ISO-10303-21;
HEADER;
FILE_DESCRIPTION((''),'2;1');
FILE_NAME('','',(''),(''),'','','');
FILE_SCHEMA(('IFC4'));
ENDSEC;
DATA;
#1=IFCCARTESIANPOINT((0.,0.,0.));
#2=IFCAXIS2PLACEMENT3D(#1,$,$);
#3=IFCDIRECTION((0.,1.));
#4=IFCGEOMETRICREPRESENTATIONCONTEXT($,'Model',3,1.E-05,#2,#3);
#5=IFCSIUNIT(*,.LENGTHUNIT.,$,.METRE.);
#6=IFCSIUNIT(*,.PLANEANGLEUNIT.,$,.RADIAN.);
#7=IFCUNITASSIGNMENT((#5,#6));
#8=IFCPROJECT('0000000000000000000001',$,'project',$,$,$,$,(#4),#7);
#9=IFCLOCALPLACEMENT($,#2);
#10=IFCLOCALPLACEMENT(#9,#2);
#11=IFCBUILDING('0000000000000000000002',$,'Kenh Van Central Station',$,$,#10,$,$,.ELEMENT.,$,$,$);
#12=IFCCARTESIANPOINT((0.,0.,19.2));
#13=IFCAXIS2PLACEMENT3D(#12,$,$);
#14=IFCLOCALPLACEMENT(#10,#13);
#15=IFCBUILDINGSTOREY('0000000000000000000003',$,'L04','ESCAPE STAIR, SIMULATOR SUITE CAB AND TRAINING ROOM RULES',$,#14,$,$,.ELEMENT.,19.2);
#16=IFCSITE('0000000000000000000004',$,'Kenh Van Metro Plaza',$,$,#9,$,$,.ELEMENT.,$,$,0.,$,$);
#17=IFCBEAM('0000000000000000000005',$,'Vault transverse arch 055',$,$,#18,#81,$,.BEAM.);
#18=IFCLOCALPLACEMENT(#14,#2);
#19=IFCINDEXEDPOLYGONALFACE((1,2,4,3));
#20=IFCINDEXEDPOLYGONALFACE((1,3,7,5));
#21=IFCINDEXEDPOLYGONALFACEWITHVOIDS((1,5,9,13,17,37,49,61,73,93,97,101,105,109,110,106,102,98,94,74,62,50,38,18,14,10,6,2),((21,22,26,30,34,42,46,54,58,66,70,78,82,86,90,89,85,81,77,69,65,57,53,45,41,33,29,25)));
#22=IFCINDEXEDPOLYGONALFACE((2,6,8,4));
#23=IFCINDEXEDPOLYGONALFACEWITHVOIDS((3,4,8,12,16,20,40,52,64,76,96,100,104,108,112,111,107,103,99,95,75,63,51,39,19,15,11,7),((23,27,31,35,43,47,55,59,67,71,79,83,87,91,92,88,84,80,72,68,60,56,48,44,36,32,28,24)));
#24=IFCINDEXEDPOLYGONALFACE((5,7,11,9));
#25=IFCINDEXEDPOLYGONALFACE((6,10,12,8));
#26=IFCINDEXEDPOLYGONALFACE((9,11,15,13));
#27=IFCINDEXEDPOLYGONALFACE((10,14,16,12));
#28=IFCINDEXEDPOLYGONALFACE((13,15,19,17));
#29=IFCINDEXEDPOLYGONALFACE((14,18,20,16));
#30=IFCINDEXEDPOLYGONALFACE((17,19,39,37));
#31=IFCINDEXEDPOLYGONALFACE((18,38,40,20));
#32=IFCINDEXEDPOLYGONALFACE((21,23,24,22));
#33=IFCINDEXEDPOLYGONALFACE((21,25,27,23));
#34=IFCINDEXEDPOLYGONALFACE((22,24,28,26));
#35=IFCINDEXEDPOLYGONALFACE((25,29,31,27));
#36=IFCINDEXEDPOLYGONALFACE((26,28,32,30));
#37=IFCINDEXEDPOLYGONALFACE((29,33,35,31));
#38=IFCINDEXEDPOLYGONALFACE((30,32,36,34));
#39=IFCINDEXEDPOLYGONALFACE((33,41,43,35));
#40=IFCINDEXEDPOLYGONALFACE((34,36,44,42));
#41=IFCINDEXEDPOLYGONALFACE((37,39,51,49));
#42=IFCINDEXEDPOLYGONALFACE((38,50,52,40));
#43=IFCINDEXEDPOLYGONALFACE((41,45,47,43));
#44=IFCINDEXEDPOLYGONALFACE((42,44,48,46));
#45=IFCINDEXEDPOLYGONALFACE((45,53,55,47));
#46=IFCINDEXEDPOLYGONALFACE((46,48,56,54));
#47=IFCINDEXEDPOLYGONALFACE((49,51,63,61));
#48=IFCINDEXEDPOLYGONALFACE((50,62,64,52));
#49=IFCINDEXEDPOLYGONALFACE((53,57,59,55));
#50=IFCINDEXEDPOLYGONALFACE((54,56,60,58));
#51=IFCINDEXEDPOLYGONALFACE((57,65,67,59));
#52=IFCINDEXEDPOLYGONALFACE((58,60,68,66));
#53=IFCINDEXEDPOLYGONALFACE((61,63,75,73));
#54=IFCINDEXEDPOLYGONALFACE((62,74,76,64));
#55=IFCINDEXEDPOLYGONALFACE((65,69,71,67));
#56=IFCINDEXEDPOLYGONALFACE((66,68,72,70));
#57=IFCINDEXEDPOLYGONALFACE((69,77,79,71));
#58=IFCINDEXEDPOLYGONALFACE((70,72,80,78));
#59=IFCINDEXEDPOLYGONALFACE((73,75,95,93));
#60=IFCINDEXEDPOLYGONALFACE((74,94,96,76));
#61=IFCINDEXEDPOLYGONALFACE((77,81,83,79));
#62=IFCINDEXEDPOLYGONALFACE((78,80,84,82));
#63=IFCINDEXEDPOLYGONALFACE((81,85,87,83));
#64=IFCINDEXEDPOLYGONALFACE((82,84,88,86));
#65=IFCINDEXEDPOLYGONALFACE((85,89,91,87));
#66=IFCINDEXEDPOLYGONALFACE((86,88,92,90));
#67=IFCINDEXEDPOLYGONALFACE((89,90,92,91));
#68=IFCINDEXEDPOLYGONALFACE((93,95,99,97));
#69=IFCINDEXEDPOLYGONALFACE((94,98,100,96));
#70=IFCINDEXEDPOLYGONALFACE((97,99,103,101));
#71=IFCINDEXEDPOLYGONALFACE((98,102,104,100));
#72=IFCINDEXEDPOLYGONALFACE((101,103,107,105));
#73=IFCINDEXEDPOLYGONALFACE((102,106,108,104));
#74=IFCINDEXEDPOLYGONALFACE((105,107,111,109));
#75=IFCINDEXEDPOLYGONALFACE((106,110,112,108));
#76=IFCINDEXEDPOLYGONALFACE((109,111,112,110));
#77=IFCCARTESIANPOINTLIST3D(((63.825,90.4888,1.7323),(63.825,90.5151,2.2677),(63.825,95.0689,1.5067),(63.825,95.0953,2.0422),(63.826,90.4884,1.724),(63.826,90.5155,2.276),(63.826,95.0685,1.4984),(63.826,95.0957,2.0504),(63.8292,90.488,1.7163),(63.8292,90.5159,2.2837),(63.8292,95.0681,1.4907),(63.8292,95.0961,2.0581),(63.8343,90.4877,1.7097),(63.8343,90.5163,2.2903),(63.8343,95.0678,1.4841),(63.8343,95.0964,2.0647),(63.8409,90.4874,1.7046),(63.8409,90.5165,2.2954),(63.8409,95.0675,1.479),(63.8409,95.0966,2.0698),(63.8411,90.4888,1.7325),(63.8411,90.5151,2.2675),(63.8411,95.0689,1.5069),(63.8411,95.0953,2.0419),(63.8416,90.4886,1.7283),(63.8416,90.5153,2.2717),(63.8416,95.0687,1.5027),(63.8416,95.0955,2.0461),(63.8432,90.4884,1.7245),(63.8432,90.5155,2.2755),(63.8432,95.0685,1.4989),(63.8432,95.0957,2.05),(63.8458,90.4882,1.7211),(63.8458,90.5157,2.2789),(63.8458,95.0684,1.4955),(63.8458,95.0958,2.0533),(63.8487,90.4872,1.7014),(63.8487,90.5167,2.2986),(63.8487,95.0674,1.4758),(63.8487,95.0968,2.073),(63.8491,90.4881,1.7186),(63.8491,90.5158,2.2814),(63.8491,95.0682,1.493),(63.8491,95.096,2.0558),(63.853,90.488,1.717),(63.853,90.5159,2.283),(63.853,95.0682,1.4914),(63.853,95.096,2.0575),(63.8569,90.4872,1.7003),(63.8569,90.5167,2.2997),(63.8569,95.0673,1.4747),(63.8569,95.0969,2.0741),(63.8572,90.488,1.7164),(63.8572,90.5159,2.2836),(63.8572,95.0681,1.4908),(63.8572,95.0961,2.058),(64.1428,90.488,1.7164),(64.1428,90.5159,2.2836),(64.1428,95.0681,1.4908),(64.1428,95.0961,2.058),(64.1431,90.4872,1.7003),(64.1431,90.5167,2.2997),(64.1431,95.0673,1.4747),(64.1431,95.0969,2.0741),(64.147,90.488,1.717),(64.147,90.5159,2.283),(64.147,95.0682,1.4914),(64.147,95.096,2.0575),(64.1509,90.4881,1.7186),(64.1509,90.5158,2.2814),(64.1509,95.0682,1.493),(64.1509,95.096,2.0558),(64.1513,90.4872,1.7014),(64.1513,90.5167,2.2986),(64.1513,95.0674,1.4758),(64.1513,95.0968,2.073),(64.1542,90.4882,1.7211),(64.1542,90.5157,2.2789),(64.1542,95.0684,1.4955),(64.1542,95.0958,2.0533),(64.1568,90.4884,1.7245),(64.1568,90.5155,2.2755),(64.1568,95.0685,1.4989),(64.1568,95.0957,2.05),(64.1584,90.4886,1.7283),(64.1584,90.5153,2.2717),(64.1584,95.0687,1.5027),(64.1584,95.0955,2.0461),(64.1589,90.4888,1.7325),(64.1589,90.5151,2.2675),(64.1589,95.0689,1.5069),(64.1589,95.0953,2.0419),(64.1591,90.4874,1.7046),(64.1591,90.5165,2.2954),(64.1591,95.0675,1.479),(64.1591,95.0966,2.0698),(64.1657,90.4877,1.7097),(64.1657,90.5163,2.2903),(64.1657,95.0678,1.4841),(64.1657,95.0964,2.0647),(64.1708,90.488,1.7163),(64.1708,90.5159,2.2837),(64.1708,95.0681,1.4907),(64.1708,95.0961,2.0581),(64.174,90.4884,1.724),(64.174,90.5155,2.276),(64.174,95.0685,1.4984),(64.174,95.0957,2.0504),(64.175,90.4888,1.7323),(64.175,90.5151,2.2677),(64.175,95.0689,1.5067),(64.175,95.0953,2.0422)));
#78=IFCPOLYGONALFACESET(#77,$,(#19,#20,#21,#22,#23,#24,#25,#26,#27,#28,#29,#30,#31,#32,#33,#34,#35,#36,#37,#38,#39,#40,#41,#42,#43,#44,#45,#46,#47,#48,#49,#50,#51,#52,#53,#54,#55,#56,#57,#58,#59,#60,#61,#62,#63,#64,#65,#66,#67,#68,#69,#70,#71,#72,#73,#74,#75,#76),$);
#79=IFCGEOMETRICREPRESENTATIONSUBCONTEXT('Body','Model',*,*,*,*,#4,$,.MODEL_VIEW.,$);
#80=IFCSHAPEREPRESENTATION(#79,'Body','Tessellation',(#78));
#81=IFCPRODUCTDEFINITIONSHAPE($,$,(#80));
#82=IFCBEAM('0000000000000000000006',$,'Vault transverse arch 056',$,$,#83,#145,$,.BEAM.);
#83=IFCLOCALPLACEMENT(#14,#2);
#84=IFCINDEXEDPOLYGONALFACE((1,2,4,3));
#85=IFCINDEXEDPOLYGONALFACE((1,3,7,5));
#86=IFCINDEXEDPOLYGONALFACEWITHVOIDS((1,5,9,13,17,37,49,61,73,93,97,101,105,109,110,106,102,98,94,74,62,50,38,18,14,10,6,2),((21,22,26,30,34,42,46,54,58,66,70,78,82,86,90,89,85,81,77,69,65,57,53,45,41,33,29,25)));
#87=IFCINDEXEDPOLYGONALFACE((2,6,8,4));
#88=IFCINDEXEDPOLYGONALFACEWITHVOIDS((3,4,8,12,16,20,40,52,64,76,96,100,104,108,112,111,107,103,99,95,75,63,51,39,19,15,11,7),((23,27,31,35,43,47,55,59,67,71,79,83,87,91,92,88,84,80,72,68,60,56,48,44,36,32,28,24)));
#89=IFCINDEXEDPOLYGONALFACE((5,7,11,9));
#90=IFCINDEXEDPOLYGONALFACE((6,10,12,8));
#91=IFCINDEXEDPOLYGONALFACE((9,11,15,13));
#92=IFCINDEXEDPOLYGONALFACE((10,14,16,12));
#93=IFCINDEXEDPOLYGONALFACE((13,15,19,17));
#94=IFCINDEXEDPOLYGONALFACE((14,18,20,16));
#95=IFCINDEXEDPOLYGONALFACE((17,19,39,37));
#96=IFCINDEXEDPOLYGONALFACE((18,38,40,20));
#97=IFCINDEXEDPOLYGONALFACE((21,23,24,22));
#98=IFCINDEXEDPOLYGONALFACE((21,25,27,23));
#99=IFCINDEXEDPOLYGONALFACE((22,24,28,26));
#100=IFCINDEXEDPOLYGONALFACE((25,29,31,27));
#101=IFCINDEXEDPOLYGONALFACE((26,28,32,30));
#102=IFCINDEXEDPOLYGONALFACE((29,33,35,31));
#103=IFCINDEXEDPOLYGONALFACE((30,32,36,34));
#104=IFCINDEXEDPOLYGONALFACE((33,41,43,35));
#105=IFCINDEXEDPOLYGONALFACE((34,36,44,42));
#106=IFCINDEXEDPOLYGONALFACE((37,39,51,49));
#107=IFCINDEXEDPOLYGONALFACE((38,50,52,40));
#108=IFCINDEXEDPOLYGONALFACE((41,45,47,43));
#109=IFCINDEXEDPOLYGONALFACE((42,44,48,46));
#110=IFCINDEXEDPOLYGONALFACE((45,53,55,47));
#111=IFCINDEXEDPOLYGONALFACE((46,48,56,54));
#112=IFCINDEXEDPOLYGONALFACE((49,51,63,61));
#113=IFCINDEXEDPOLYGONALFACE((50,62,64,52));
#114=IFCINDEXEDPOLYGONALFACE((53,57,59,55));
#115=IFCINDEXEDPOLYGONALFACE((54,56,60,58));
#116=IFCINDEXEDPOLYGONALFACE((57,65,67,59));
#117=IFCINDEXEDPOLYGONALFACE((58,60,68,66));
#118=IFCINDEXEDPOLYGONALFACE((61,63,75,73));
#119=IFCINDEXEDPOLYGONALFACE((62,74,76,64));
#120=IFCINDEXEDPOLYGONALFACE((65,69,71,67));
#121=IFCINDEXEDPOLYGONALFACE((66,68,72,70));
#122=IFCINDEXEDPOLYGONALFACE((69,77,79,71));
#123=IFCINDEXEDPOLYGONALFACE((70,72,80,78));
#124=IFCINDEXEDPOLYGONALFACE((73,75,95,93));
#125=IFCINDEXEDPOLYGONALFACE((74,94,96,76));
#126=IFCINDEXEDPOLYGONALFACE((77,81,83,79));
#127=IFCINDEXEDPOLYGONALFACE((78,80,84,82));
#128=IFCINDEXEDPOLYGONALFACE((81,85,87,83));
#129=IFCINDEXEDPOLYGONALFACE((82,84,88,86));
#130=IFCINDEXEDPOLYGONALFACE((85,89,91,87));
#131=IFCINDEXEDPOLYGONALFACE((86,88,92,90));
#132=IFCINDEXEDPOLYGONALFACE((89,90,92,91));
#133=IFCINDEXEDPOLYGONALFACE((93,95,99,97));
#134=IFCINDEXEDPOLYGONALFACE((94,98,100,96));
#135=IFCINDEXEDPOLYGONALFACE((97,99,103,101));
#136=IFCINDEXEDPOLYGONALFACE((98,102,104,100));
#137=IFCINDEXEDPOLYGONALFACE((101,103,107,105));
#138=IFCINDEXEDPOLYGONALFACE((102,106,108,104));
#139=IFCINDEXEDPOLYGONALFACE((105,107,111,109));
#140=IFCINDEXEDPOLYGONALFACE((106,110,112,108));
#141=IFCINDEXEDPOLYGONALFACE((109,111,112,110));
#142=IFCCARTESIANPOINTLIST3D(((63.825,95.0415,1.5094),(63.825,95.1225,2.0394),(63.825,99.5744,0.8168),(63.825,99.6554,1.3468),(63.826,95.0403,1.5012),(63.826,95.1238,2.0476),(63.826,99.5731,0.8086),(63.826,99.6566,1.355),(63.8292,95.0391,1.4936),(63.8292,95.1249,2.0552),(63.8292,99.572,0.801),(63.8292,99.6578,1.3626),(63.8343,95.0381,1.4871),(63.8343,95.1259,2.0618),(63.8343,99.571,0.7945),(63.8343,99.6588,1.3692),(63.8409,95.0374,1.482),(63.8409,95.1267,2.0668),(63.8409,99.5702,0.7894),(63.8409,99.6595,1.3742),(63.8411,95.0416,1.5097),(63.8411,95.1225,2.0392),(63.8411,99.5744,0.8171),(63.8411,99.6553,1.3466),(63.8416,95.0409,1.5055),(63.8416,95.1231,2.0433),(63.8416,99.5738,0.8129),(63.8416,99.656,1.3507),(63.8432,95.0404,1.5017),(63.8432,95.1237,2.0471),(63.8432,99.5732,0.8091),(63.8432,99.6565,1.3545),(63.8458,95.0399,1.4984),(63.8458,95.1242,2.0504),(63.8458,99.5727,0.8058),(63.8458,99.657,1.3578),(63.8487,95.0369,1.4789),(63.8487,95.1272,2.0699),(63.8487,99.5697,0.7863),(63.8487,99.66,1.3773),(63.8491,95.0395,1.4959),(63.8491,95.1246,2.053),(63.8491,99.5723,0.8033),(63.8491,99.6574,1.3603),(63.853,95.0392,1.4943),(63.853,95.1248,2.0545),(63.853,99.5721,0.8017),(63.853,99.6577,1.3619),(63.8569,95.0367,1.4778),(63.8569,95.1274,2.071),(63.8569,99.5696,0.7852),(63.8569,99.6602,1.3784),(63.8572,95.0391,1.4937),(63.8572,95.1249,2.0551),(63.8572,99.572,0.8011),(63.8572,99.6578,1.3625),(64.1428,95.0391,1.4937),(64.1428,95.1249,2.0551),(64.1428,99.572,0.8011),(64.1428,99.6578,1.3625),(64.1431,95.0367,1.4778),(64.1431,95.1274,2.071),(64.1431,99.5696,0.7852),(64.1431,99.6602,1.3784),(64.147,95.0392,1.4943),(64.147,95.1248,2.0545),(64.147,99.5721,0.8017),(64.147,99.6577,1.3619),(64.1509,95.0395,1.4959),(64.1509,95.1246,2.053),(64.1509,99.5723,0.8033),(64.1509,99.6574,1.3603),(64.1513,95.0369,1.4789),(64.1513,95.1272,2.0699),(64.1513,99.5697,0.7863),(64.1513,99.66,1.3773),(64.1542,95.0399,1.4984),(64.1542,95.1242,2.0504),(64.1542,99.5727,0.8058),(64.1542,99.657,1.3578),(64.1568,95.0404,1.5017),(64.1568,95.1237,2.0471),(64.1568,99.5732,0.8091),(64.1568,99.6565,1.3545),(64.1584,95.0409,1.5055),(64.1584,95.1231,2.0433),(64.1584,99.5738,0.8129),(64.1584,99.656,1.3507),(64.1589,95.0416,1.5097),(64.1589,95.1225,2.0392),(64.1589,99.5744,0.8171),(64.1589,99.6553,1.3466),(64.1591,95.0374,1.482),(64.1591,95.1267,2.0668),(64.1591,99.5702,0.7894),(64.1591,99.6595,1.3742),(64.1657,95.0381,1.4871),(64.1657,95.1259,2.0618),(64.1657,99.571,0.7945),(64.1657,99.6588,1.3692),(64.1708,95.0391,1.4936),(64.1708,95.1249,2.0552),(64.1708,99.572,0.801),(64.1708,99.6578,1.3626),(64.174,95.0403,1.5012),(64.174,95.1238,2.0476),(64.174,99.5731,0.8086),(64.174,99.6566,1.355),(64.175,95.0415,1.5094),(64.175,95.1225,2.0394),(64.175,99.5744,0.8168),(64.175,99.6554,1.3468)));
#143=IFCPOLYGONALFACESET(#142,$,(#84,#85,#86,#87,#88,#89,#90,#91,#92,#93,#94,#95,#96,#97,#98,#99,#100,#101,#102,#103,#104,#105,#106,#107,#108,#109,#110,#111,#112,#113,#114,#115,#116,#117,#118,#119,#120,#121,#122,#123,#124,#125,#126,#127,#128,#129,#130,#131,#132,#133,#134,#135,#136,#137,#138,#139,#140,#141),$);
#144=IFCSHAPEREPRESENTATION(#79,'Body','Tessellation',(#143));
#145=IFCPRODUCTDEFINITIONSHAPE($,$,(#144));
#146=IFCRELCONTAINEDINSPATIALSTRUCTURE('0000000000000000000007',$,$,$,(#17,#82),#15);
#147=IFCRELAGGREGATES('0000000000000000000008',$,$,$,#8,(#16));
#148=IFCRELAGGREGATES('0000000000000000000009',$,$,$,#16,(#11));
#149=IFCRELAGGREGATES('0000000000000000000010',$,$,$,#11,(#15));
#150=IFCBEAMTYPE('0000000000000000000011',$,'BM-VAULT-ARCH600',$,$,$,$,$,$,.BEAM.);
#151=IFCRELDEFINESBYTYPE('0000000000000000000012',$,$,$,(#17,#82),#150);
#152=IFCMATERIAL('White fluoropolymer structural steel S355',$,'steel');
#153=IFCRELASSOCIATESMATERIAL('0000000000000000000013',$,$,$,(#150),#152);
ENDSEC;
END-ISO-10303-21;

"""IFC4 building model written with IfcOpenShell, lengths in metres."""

from ifc_helpers import new_model, si_unit, direction, frame, origin, origin_2d, place, context, subcontext, project, spatial, hollow_rectangle, extrude, material, material_profile, profile_set, type_object, element, save


model = new_model("IFC4")

# Units and contexts
model_context = context("Model", 3, precision=1e-05, world=origin(), true_north=direction((0.0, 1.0)))
body_context = subcontext(model_context, "Body", "Model", "MODEL_VIEW")
ifc_project = project(units=[si_unit("LENGTHUNIT", "METRE"), si_unit("PLANEANGLEUNIT", "RADIAN")], contexts=[model_context])

# Site, building, storey
site_placement = place(None, origin())
site = spatial("IfcSite", under=ifc_project, at=site_placement, Name="Kenh Van Metro Plaza", CompositionType="ELEMENT", RefElevation=0.0)
building_placement = place(site_placement, origin())
building = spatial("IfcBuilding", under=site, at=building_placement, Name="Kenh Van Central Station", CompositionType="ELEMENT")
storey_placement = place(building_placement, frame((0.0, 0.0, 19.2)))
storey = spatial("IfcBuildingStorey", under=building, at=storey_placement, Name="L04", Description="ESCAPE STAIR, SIMULATOR SUITE CAB AND TRAINING ROOM RULES", CompositionType="ELEMENT", Elevation=19.2)

# Beams
ifc_material_1 = material(Name="White fluoropolymer structural steel S355", Category="steel")
ifc_material_profile_1 = material_profile(ifc_material_1, hollow_rectangle(XDim=0.3501, YDim=0.6001, WallThickness=0.0161, InnerFilletRadius=0.0161, OuterFilletRadius=0.032, at=origin_2d()), Name="RHS 600x350x16")
ifc_profile_set_1 = profile_set([ifc_material_profile_1], Name="White fluoropolymer structural steel S355")
beam_type = type_object("IfcBeamType", Name="BM-VAULT-ARCH600", PredefinedType="BEAM", material=ifc_profile_set_1)
beam_1_placement = place(storey_placement, frame((64.0, 90.502, 2.0), z_axis=(0.0, 0.998789, -0.049194), x_axis=(-1.0, 0.0, 0.0)))
element("IfcBeam", 1, at=beam_1_placement, inside=storey, type_object=beam_type, Name="Vault transverse arch 055", PredefinedType="BEAM", context=body_context, shape_type="SweptSolid", body=[
    extrude(hollow_rectangle(XDim=0.3501, YDim=0.6001, WallThickness=0.0161, InnerFilletRadius=0.0161, OuterFilletRadius=0.032, at=origin_2d()), origin(), (0.0, 0.0, 1.0), 4.5857),
])
beam_2_placement = place(storey_placement, frame((64.0, 95.082, 1.7744), z_axis=(0.0, 0.988527, -0.151045), x_axis=(-1.0, 0.0, 0.0)))
element("IfcBeam", 2, at=beam_2_placement, inside=storey, type_object=beam_type, Name="Vault transverse arch 056", PredefinedType="BEAM", context=body_context, shape_type="SweptSolid", body=[
    extrude(hollow_rectangle(XDim=0.3501, YDim=0.6001, WallThickness=0.0161, InnerFilletRadius=0.0161, OuterFilletRadius=0.032, at=origin_2d()), origin(), (0.0, 0.0, 1.0), 4.5854),
])

save(model, "model.ifc")
